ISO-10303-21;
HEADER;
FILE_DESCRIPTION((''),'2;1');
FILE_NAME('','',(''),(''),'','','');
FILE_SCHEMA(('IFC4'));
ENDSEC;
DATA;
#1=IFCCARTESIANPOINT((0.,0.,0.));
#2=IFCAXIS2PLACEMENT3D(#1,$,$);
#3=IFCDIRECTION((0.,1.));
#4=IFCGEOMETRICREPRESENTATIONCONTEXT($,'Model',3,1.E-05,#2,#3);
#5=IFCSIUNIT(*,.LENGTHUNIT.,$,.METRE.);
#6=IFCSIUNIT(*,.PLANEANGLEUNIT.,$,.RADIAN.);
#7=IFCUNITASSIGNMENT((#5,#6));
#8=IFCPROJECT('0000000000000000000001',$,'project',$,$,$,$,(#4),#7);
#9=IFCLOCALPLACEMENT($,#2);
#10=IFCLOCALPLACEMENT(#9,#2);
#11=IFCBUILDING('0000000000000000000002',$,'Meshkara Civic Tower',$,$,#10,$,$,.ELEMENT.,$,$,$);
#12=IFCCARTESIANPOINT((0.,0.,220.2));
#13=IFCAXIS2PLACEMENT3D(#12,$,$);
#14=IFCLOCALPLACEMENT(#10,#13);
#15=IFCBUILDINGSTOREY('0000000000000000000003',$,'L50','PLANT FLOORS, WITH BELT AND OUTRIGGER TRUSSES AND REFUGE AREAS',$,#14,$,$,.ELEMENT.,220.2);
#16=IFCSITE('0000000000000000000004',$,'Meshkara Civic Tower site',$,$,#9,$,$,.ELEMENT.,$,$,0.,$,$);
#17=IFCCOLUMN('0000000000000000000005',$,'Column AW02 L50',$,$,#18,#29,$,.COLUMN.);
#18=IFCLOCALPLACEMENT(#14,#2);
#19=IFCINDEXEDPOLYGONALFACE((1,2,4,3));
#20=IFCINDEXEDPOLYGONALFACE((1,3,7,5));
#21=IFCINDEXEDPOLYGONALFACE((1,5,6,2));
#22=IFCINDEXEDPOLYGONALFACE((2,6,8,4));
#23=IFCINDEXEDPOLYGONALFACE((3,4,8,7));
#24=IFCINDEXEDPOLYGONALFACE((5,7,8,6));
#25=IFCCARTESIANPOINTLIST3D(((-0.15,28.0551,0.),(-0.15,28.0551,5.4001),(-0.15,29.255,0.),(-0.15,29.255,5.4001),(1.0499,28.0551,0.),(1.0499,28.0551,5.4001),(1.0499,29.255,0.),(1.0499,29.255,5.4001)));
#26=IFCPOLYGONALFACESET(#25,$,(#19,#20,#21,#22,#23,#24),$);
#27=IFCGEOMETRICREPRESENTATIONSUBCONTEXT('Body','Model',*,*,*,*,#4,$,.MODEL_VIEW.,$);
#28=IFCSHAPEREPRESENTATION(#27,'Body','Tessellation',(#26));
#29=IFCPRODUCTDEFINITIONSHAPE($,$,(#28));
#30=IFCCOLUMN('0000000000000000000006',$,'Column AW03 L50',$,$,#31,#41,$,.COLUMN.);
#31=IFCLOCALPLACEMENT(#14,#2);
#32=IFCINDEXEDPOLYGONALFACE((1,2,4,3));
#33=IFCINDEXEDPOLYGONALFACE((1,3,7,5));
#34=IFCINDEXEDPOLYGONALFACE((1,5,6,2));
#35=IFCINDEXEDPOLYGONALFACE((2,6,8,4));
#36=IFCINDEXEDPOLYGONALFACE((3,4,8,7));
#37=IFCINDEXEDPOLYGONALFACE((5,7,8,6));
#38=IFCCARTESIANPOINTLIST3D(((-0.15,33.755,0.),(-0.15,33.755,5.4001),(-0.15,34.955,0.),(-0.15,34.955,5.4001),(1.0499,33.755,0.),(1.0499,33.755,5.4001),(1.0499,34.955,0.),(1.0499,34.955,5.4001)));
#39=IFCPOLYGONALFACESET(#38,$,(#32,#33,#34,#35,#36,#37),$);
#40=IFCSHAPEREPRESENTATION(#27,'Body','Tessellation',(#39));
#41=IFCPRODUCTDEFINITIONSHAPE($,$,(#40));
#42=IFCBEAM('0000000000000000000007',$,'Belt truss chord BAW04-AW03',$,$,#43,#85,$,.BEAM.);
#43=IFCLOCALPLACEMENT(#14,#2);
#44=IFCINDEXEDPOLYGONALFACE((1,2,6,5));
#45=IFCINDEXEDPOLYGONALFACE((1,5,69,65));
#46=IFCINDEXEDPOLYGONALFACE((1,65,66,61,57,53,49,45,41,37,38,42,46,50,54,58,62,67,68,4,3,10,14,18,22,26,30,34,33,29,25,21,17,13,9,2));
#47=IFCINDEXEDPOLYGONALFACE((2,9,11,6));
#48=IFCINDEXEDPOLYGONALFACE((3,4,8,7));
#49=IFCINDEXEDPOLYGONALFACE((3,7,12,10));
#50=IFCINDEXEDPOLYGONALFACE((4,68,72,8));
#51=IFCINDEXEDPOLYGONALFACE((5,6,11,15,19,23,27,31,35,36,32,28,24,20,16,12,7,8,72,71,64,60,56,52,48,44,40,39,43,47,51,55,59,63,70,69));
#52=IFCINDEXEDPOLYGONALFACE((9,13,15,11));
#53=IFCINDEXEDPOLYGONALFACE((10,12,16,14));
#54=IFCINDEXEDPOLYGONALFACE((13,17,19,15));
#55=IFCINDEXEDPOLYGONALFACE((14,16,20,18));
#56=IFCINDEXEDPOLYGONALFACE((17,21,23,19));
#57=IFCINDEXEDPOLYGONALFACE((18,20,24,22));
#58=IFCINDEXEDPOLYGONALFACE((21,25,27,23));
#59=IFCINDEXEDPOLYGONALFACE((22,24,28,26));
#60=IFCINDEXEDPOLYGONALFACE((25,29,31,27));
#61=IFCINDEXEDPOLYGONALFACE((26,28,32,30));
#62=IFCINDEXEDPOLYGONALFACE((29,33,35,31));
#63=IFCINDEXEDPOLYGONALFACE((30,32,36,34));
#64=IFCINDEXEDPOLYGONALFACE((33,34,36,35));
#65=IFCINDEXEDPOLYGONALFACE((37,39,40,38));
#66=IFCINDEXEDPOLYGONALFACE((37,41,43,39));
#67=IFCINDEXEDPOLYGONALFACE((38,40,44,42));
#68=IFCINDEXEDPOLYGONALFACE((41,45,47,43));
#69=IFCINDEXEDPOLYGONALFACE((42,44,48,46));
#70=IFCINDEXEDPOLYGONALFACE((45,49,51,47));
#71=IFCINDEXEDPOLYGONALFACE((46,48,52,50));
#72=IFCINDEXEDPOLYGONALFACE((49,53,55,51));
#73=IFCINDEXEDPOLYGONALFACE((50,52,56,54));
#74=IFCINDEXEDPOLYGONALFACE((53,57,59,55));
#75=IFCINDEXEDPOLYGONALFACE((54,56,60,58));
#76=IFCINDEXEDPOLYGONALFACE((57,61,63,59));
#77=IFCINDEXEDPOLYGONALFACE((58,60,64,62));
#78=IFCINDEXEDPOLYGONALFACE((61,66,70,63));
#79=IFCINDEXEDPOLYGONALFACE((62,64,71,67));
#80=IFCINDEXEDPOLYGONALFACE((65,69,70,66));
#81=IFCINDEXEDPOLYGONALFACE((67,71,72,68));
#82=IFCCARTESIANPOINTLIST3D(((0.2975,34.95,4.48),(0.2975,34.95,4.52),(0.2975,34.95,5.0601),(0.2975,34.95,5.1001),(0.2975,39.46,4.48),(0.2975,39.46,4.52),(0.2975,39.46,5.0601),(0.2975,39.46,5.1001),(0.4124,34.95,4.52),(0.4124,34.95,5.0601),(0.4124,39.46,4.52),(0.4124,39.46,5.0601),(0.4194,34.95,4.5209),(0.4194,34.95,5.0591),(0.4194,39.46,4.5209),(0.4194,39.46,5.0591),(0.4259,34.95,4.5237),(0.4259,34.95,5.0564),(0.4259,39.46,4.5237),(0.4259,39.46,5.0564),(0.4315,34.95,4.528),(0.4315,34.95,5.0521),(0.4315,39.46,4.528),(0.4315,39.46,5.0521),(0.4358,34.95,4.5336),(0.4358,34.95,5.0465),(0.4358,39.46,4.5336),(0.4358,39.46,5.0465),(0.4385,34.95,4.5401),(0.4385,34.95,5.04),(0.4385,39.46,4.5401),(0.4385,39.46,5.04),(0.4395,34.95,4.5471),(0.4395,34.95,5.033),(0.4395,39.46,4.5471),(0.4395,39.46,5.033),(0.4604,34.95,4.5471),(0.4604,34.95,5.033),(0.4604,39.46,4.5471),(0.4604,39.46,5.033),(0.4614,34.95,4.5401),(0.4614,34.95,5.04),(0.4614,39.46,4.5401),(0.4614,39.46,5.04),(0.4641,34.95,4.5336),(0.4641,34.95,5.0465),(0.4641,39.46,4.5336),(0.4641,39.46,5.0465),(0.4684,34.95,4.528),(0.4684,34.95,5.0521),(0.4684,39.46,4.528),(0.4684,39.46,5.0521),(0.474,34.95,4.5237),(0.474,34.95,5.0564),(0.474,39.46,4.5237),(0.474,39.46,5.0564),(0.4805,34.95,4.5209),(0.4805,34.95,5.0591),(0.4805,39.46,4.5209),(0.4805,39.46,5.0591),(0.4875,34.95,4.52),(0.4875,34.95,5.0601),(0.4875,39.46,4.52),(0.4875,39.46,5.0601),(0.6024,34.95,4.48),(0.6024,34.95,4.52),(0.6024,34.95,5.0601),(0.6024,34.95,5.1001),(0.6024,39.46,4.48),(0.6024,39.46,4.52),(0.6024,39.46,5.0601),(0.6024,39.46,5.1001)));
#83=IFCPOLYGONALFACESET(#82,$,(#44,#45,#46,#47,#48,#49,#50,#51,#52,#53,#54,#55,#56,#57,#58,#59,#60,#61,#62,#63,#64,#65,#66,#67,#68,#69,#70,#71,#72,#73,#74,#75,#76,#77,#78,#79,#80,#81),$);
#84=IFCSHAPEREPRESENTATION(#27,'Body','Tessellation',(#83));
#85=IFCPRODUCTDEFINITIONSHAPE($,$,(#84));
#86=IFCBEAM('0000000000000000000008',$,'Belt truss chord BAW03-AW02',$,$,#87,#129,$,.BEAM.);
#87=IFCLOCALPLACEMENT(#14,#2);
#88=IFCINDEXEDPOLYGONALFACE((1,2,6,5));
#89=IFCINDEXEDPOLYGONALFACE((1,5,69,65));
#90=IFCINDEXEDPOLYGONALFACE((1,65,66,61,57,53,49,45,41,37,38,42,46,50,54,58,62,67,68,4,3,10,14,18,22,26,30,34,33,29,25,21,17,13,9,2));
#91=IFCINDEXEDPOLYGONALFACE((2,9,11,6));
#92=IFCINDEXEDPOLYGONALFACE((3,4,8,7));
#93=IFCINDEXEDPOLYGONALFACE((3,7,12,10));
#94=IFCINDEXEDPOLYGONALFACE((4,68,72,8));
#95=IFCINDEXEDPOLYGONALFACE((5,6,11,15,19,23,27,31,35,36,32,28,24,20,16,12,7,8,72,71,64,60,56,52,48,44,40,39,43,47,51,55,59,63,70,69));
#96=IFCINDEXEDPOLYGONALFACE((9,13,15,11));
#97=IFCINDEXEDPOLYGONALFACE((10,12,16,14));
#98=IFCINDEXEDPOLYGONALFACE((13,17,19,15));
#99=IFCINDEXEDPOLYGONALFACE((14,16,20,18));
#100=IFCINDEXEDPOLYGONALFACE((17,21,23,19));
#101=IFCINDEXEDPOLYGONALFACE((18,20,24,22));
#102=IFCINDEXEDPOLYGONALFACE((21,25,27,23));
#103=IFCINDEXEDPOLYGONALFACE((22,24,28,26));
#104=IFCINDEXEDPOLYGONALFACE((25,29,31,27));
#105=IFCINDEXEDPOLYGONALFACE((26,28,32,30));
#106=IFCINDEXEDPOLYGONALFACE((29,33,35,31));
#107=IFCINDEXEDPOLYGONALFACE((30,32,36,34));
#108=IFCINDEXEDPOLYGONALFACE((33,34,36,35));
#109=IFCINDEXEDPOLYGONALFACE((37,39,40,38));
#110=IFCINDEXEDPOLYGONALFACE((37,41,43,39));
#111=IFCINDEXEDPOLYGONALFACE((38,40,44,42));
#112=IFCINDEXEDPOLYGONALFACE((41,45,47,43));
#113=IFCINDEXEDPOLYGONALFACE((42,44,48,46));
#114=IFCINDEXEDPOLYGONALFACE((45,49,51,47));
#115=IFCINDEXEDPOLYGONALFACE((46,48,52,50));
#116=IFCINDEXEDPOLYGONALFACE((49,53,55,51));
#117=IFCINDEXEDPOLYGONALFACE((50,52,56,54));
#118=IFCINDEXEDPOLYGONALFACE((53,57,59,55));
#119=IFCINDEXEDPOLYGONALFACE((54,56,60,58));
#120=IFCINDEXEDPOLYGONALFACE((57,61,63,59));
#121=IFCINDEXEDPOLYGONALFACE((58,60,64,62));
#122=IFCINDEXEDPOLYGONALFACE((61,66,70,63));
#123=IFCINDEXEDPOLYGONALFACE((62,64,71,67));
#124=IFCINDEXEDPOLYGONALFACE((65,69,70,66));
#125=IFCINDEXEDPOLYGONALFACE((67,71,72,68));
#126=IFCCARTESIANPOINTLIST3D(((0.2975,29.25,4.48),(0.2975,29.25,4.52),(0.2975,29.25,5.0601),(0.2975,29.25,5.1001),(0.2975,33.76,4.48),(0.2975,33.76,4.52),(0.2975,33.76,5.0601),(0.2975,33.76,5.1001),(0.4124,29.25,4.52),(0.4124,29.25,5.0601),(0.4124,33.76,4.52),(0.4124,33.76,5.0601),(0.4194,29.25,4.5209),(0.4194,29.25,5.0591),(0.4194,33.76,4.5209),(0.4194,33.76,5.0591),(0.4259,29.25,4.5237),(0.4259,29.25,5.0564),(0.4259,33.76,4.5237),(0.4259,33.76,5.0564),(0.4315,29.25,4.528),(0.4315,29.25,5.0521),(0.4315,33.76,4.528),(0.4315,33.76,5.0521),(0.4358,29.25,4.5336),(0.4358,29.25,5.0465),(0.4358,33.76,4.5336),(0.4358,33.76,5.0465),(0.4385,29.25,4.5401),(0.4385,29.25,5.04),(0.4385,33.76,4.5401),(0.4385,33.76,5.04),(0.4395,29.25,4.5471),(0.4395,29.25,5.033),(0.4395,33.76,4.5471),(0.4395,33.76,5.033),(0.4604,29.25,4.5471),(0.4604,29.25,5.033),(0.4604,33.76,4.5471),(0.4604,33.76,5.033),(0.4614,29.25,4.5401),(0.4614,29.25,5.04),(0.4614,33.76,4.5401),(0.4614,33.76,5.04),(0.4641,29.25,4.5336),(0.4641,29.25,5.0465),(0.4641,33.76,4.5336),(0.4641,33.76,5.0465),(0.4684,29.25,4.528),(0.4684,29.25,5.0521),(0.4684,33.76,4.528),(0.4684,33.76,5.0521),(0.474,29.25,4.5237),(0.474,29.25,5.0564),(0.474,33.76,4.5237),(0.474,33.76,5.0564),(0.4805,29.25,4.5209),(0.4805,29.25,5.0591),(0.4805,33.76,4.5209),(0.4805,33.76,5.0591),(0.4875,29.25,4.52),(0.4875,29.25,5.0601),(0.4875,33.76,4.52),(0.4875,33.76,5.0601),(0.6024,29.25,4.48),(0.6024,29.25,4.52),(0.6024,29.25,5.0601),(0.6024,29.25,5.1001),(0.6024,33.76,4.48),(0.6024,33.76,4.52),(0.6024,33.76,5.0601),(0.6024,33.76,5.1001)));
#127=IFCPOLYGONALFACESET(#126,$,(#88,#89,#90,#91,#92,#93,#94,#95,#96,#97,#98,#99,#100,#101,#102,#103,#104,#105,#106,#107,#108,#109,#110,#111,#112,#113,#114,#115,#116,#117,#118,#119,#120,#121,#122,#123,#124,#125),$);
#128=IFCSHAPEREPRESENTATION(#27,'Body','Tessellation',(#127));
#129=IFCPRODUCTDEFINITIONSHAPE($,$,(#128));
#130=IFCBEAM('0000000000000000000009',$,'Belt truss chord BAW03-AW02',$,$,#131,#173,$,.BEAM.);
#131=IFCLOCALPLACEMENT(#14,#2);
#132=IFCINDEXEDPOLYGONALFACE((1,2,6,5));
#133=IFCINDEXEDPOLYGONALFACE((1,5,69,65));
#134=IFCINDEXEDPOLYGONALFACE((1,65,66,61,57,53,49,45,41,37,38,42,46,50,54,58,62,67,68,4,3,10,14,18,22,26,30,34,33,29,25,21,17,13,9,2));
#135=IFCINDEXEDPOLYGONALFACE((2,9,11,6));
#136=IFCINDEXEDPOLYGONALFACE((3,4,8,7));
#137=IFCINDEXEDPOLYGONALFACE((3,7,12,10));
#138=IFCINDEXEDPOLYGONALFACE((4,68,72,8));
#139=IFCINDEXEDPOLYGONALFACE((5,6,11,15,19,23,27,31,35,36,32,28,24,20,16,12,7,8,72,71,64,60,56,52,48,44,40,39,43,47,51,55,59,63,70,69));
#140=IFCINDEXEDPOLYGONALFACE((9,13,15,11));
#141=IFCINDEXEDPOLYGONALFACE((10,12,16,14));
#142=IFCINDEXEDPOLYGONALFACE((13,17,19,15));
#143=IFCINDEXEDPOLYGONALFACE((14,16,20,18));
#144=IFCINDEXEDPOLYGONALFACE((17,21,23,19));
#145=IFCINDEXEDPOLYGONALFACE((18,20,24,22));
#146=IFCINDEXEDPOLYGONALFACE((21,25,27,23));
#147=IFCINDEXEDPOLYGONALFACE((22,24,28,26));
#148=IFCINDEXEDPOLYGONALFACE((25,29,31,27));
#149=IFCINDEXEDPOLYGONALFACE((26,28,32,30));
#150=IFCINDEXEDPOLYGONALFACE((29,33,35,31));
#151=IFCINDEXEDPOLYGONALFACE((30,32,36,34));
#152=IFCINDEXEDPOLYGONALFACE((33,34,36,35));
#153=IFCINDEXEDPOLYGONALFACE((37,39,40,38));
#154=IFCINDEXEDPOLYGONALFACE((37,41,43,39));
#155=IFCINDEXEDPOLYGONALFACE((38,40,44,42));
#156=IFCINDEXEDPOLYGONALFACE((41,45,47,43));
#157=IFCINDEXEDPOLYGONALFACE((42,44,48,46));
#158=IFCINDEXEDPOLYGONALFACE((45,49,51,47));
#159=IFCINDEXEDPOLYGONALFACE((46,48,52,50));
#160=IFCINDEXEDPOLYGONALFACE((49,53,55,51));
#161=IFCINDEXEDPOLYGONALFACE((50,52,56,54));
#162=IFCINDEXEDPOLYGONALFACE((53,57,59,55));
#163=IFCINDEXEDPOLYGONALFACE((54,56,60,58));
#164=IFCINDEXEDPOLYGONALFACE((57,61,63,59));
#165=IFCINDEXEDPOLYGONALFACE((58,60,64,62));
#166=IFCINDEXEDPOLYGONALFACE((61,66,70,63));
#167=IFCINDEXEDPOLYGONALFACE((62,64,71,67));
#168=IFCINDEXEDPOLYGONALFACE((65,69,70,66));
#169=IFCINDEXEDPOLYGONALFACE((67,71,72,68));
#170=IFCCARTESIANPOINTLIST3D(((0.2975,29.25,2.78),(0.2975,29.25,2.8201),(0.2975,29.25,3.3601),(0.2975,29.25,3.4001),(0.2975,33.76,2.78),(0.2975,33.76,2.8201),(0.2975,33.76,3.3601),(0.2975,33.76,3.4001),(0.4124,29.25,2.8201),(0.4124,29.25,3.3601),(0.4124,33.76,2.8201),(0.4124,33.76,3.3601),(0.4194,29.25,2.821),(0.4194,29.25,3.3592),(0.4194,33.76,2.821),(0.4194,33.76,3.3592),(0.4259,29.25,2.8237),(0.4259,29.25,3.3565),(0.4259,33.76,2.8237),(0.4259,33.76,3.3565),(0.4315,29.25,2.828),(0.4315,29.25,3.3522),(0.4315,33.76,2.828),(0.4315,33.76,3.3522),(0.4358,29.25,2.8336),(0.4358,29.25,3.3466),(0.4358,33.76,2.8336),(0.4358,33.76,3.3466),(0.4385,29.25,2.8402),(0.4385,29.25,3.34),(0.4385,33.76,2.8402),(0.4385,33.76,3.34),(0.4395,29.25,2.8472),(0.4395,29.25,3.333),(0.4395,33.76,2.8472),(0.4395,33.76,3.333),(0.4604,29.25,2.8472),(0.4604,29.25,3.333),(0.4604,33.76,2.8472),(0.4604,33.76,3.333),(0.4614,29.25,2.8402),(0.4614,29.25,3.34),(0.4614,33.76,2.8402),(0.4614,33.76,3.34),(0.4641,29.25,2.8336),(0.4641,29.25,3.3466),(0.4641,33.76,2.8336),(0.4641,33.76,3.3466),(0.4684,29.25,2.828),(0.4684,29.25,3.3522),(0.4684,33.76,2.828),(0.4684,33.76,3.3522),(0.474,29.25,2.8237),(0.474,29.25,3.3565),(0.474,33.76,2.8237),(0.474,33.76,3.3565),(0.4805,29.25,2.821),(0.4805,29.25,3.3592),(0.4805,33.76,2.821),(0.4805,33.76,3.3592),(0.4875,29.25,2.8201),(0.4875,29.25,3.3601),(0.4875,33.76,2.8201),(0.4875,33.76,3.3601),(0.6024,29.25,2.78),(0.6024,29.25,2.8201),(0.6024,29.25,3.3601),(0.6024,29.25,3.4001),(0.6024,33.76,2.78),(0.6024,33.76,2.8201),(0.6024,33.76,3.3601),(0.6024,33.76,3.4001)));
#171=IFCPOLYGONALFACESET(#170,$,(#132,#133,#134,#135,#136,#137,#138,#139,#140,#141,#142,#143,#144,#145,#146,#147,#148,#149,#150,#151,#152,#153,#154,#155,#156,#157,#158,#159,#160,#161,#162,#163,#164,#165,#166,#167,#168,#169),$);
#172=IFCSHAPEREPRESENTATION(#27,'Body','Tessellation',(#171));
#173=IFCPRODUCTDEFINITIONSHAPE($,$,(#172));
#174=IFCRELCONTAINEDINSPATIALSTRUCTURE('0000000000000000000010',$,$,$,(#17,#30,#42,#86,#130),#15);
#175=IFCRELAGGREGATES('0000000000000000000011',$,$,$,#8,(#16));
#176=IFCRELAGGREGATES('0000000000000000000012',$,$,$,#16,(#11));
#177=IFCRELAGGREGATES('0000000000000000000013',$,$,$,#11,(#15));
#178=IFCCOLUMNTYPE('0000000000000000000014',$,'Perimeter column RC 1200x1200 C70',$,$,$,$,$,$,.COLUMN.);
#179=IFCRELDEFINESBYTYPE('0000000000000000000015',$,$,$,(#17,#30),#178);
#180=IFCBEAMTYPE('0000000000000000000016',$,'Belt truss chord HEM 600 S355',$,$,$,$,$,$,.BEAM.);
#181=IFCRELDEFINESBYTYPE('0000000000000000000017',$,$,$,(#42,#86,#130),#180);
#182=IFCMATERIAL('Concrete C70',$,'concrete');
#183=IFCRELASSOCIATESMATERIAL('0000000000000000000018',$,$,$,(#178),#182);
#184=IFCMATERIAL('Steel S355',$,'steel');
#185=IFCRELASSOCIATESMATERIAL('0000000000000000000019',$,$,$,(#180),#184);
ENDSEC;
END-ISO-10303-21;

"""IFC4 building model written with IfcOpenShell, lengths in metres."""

from ifc_helpers import new_model, si_unit, direction, frame, origin, origin_2d, place, context, subcontext, project, spatial, rectangle, i_section, extrude, material, material_profile, profile_set, type_object, element, save


model = new_model("IFC4")

# Units and contexts
model_context = context("Model", 3, precision=1e-05, world=origin(), true_north=direction((0.0, 1.0)))
body_context = subcontext(model_context, "Body", "Model", "MODEL_VIEW")
ifc_project = project(units=[si_unit("LENGTHUNIT", "METRE"), si_unit("PLANEANGLEUNIT", "RADIAN")], contexts=[model_context])

# Site, building, storey
site_placement = place(None, origin())
site = spatial("IfcSite", under=ifc_project, at=site_placement, Name="Meshkara Civic Tower site", CompositionType="ELEMENT", RefElevation=0.0)
building_placement = place(site_placement, origin())
building = spatial("IfcBuilding", under=site, at=building_placement, Name="Meshkara Civic Tower", CompositionType="ELEMENT")
storey_placement = place(building_placement, frame((0.0, 0.0, 220.2)))
storey = spatial("IfcBuildingStorey", under=building, at=storey_placement, Name="L50", Description="PLANT FLOORS, WITH BELT AND OUTRIGGER TRUSSES AND REFUGE AREAS", CompositionType="ELEMENT", Elevation=220.2)

# Columns
ifc_material_1 = material(Name="Concrete C70", Category="concrete")
ifc_material_profile_1 = material_profile(ifc_material_1, rectangle(XDim=1.2, YDim=1.2, at=origin_2d()))
ifc_profile_set_1 = profile_set([ifc_material_profile_1], Name="Concrete C70")
column_type = type_object("IfcColumnType", Name="Perimeter column RC 1200x1200 C70", PredefinedType="COLUMN", material=ifc_profile_set_1)
for number, where, z_axis, x_axis, name in (
    (1, (0.45, 28.655, 0.0), (0.0, 0.0, 1.0), (1.0, 0.0, 0.0), "Column AW02 L50"),
    (2, (0.45, 34.355, 0.0), (0.0, 0.0, 1.0), (1.0, 0.0, 0.0), "Column AW03 L50"),
):
    element("IfcColumn", number, at=place(storey_placement, frame(where, z_axis=z_axis, x_axis=x_axis)), inside=storey, type_object=column_type, Name=name, PredefinedType="COLUMN", context=body_context, shape_type="SweptSolid", body=[
        extrude(rectangle(XDim=1.2, YDim=1.2, at=origin_2d()), origin(), (0.0, 0.0, 1.0), 5.4001),
    ])

# Beams
ifc_material_2 = material(Name="Steel S355", Category="steel")
ifc_material_profile_2 = material_profile(ifc_material_2, i_section(OverallWidth=0.3049, OverallDepth=0.6201, WebThickness=0.021, FlangeThickness=0.04, FilletRadius=0.0271, at=origin_2d()))
ifc_profile_set_2 = profile_set([ifc_material_profile_2], Name="Steel S355")
beam_type_1 = type_object("IfcBeamType", Name="Belt truss chord HEM 600 S355", PredefinedType="BEAM", material=ifc_profile_set_2)
for number, where, z_axis, x_axis, name in (
    (3, (0.45, 39.46, 4.79), (0.0, -1.0, 0.0), (1.0, 0.0, 0.0), "Belt truss chord BAW04-AW03"),
    (4, (0.45, 33.76, 4.79), (0.0, -1.0, 0.0), (1.0, 0.0, 0.0), "Belt truss chord BAW03-AW02"),
    (5, (0.45, 33.76, 3.0901), (0.0, -1.0, 0.0), (1.0, 0.0, 0.0), "Belt truss chord BAW03-AW02"),
):
    element("IfcBeam", number, at=place(storey_placement, frame(where, z_axis=z_axis, x_axis=x_axis)), inside=storey, type_object=beam_type_1, Name=name, PredefinedType="BEAM", context=body_context, shape_type="SweptSolid", body=[
        extrude(i_section(OverallWidth=0.3049, OverallDepth=0.6201, WebThickness=0.021, FlangeThickness=0.04, FilletRadius=0.0271, at=origin_2d()), origin(), (0.0, 0.0, 1.0), 4.51),
    ])

save(model, "model.ifc")
